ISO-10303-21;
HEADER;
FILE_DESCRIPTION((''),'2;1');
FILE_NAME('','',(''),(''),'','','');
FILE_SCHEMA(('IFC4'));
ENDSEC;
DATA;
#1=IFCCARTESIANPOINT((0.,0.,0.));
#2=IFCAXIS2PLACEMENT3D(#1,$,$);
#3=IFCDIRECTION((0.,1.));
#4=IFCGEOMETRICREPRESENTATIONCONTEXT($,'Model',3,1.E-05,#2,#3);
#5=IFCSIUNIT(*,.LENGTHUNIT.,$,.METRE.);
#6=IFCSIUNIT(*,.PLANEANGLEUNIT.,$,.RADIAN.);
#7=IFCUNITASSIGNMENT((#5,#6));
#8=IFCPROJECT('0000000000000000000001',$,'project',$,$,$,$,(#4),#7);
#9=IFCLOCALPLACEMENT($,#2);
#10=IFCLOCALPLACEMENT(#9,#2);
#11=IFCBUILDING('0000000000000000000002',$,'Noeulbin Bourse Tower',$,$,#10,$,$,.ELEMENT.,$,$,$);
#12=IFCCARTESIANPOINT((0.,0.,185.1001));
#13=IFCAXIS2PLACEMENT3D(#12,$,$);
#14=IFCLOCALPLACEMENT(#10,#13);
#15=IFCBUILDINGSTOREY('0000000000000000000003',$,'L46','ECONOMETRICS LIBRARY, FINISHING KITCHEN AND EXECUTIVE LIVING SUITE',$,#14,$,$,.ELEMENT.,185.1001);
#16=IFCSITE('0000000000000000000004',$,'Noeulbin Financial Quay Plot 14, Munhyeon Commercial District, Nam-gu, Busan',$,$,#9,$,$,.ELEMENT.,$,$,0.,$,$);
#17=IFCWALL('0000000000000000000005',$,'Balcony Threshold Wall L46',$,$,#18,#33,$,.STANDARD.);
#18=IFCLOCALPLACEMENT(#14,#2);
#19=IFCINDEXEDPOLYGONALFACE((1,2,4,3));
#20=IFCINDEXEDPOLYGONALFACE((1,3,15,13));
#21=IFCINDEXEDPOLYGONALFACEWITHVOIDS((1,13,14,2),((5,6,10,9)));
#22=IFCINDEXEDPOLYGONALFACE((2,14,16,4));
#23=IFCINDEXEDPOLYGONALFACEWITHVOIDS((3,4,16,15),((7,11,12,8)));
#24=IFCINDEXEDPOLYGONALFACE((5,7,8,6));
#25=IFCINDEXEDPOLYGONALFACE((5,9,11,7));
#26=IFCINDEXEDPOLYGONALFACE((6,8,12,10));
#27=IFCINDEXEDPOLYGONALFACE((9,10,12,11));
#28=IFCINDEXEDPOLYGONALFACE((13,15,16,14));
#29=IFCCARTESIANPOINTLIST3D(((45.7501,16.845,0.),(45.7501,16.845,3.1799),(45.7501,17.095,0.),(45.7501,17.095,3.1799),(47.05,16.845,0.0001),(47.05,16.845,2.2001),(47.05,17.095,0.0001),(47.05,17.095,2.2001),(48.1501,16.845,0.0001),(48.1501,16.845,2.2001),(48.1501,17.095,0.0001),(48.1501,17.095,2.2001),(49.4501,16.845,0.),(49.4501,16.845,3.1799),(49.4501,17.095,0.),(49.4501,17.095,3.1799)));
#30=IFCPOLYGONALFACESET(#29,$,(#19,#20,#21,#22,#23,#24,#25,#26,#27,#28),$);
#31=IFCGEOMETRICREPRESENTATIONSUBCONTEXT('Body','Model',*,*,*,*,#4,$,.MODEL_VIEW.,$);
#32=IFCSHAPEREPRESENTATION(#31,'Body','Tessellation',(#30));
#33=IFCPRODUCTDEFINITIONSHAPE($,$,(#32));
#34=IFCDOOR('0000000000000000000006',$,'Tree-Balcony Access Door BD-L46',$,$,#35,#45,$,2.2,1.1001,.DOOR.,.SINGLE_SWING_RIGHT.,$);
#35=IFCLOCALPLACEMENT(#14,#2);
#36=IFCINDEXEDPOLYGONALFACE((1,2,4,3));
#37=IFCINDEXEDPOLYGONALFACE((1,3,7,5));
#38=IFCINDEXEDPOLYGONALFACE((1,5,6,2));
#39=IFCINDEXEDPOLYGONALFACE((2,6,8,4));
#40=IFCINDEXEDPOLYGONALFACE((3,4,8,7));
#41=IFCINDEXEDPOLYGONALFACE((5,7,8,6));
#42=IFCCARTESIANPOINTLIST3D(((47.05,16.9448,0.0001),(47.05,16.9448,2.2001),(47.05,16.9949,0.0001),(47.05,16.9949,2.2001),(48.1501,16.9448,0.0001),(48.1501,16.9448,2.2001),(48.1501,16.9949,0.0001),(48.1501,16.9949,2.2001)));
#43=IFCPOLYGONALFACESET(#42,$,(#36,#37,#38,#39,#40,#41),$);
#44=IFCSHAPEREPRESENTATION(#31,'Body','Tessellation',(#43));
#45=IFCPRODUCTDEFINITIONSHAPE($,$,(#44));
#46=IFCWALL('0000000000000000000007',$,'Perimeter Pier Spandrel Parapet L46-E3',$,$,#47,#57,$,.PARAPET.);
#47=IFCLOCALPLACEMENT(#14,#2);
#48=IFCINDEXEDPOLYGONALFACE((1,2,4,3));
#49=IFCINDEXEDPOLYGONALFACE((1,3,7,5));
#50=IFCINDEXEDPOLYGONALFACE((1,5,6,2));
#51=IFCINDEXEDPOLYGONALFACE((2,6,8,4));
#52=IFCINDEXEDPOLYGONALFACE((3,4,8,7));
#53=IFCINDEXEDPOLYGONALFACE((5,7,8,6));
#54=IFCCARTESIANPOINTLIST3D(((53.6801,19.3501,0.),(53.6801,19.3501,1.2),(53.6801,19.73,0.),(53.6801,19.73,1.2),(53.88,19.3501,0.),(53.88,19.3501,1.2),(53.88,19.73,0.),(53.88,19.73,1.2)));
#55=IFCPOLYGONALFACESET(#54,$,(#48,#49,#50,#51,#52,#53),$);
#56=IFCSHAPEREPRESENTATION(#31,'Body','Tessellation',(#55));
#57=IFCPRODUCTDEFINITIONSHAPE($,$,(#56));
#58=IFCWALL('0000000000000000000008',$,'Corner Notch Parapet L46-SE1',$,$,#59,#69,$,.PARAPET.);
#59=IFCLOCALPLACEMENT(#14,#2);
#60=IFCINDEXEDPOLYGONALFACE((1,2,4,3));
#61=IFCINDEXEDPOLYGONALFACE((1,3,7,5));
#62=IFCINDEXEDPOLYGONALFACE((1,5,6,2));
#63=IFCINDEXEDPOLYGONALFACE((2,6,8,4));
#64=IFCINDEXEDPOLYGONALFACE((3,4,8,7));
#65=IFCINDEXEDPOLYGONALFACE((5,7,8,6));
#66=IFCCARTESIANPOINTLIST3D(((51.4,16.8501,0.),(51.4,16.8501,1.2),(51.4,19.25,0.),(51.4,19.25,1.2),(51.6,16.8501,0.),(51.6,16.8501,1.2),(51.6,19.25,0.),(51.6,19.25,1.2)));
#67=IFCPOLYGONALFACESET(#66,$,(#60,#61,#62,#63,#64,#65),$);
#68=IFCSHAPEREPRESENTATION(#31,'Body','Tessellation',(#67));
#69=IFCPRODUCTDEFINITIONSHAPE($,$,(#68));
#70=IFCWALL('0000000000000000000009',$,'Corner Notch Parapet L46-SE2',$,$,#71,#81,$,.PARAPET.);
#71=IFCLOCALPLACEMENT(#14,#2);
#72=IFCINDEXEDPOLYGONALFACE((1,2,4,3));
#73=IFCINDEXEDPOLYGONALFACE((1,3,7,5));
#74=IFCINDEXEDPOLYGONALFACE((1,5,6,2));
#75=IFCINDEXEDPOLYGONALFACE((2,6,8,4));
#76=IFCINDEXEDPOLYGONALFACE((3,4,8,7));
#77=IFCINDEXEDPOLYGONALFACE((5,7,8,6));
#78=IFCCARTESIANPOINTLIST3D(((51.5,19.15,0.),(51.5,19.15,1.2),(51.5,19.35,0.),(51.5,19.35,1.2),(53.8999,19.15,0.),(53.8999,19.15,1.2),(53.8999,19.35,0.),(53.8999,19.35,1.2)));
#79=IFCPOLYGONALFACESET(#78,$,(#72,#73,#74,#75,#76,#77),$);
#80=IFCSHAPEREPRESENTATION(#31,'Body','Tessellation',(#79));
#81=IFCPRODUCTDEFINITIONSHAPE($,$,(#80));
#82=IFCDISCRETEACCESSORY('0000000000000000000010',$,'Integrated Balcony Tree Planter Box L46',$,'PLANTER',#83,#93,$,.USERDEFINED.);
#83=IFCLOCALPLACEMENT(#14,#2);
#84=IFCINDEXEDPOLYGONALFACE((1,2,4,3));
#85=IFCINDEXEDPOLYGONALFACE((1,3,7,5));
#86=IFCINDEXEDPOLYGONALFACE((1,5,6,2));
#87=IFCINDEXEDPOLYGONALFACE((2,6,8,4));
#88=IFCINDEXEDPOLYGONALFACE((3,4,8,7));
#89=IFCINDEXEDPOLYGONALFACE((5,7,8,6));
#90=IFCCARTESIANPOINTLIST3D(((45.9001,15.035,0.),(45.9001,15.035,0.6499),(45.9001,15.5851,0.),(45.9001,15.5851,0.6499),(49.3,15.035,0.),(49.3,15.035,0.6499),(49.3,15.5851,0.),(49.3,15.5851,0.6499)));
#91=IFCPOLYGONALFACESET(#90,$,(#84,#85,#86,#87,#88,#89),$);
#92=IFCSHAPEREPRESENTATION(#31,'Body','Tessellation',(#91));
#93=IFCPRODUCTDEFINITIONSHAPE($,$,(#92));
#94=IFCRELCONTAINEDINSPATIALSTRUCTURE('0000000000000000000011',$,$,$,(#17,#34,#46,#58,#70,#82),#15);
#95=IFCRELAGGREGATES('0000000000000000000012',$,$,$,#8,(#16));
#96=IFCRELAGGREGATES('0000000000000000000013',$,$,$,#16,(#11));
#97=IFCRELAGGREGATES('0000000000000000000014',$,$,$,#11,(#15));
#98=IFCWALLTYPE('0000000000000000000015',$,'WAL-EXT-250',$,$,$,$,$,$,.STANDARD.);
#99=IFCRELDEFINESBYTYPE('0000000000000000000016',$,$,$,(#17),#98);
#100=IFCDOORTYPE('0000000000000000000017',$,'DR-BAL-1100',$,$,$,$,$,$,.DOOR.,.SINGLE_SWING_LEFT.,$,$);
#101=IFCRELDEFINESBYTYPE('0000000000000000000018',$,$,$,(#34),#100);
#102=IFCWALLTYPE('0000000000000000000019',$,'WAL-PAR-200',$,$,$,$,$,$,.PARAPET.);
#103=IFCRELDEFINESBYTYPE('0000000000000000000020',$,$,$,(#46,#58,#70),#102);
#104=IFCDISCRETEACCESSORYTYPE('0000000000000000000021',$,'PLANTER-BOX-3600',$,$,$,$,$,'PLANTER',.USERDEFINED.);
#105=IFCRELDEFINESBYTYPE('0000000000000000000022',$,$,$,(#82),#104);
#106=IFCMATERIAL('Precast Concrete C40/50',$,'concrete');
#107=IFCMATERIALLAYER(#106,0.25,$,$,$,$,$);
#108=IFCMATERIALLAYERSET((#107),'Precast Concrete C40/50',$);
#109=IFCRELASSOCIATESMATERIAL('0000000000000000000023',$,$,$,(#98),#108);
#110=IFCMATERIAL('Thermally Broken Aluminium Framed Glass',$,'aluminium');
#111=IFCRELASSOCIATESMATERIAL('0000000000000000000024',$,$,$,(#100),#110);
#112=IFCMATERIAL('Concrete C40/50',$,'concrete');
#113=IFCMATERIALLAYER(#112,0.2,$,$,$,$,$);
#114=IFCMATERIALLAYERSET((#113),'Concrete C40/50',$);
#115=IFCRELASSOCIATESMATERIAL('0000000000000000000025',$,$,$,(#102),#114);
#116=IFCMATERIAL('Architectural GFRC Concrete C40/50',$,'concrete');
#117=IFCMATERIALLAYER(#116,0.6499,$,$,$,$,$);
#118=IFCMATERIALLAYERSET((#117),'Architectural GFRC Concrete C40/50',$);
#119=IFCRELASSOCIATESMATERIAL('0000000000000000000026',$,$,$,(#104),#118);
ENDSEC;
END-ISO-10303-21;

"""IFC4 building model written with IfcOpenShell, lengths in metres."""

from ifc_helpers import new_model, si_unit, direction, frame, frame_2d, origin, origin_2d, place, context, subcontext, project, spatial, rectangle, extrude, material, layer, layer_set, type_object, element, fill, save


model = new_model("IFC4")

# Units and contexts
model_context = context("Model", 3, precision=1e-05, world=origin(), true_north=direction((0.0, 1.0)))
body_context = subcontext(model_context, "Body", "Model", "MODEL_VIEW")
ifc_project = project(units=[si_unit("LENGTHUNIT", "METRE"), si_unit("PLANEANGLEUNIT", "RADIAN")], contexts=[model_context])

# Site, building, storey
site_placement = place(None, origin())
site = spatial("IfcSite", under=ifc_project, at=site_placement, Name="Noeulbin Financial Quay Plot 14, Munhyeon Commercial District, Nam-gu, Busan", CompositionType="ELEMENT", RefElevation=0.0)
building_placement = place(site_placement, origin())
building = spatial("IfcBuilding", under=site, at=building_placement, Name="Noeulbin Bourse Tower", CompositionType="ELEMENT")
storey_placement = place(building_placement, frame((0.0, 0.0, 185.1001)))
storey = spatial("IfcBuildingStorey", under=building, at=storey_placement, Name="L46", Description="ECONOMETRICS LIBRARY, FINISHING KITCHEN AND EXECUTIVE LIVING SUITE", CompositionType="ELEMENT", Elevation=185.1001)

# Wall, opening, door
ifc_material_1 = material(Name="Precast Concrete C40/50", Category="concrete")
ifc_layer_1 = layer(ifc_material_1, 0.25)
ifc_layer_set_1 = layer_set([ifc_layer_1], Name="Precast Concrete C40/50")
wall_type_1 = type_object("IfcWallType", Name="WAL-EXT-250", PredefinedType="STANDARD", material=ifc_layer_set_1)
wall_1_placement = place(storey_placement, frame((45.75, 16.97, 0.0), z_axis=(0.0, 0.0, 1.0), x_axis=(1.0, 0.0, 0.0)))
wall_1 = element("IfcWall", 1, at=wall_1_placement, inside=storey, type_object=wall_type_1, Name="Balcony Threshold Wall L46", PredefinedType="STANDARD", context=body_context, shape_type="SweptSolid", body=[
    extrude(rectangle(XDim=3.7, YDim=0.25, at=frame_2d((1.8501, 0.0))), origin(), (0.0, 0.0, 1.0), 3.1799),
])
opening_placement = place(wall_1_placement, frame((1.3, 0.0, 0.0)))
opening = element("IfcOpeningElement", 2, at=opening_placement, cuts=wall_1, PredefinedType="OPENING", context=body_context, shape_type="SweptSolid", body=[
    extrude(rectangle(XDim=1.1001, YDim=2.2, at=frame_2d((0.55, 1.1001))), frame((0.0, 0.135, 0.0), z_axis=(0.0, -1.0, 0.0), x_axis=(1.0, 0.0, 0.0)), (0.0, 0.0, 1.0), 0.27),
])
ifc_material_2 = material(Name="Thermally Broken Aluminium Framed Glass", Category="aluminium")
door_type = type_object("IfcDoorType", Name="DR-BAL-1100", OperationType="SINGLE_SWING_LEFT", PredefinedType="DOOR", material=ifc_material_2)
door_placement = place(opening_placement, origin())
door = element("IfcDoor", 3, at=door_placement, inside=storey, type_object=door_type, Name="Tree-Balcony Access Door BD-L46", OperationType="SINGLE_SWING_RIGHT", OverallHeight=2.2, OverallWidth=1.1001, PredefinedType="DOOR", context=body_context, shape_type="SweptSolid", body=[
    extrude(rectangle(XDim=1.1001, YDim=2.2, at=frame_2d((0.55, 1.1001))), frame((0.0, 0.0249, 0.0), z_axis=(0.0, -1.0, 0.0), x_axis=(1.0, 0.0, 0.0)), (0.0, 0.0, 1.0), 0.05),
])
fill(opening, door)

# Walls
ifc_material_3 = material(Name="Concrete C40/50", Category="concrete")
ifc_layer_2 = layer(ifc_material_3, 0.2)
ifc_layer_set_2 = layer_set([ifc_layer_2], Name="Concrete C40/50")
wall_type_2 = type_object("IfcWallType", Name="WAL-PAR-200", PredefinedType="PARAPET", material=ifc_layer_set_2)
wall_2_placement = place(storey_placement, frame((53.78, 19.3501, 0.0), z_axis=(0.0, 0.0, 1.0), x_axis=(0.0, 1.0, 0.0)))
element("IfcWall", 4, at=wall_2_placement, inside=storey, type_object=wall_type_2, Name="Perimeter Pier Spandrel Parapet L46-E3", PredefinedType="PARAPET", context=body_context, shape_type="SweptSolid", body=[
    extrude(rectangle(XDim=0.3799, YDim=0.2, at=frame_2d((0.1899, 0.0))), origin(), (0.0, 0.0, 1.0), 1.2),
])
for number, where, z_axis, x_axis, name in (
    (5, (51.5, 16.8501, 0.0), (0.0, 0.0, 1.0), (0.0, 1.0, 0.0), "Corner Notch Parapet L46-SE1"),
    (6, (51.5, 19.25, 0.0), (0.0, 0.0, 1.0), (1.0, 0.0, 0.0), "Corner Notch Parapet L46-SE2"),
):
    element("IfcWall", number, at=place(storey_placement, frame(where, z_axis=z_axis, x_axis=x_axis)), inside=storey, type_object=wall_type_2, Name=name, PredefinedType="PARAPET", context=body_context, shape_type="SweptSolid", body=[
        extrude(rectangle(XDim=2.3999, YDim=0.2, at=frame_2d((1.2, 0.0))), origin(), (0.0, 0.0, 1.0), 1.2),
    ])

# Discrete accessory
ifc_material_4 = material(Name="Architectural GFRC Concrete C40/50", Category="concrete")
ifc_layer_3 = layer(ifc_material_4, 0.6499)
ifc_layer_set_3 = layer_set([ifc_layer_3], Name="Architectural GFRC Concrete C40/50")
discrete_accessory_type = type_object("IfcDiscreteAccessoryType", Name="PLANTER-BOX-3600", ElementType="PLANTER", PredefinedType="USERDEFINED", material=ifc_layer_set_3)
discrete_accessory_placement = place(storey_placement, frame((47.6001, 15.3101, 0.0), z_axis=(0.0, 0.0, 1.0), x_axis=(1.0, 0.0, 0.0)))
element("IfcDiscreteAccessory", 7, at=discrete_accessory_placement, inside=storey, type_object=discrete_accessory_type, Name="Integrated Balcony Tree Planter Box L46", ObjectType="PLANTER", PredefinedType="USERDEFINED", context=body_context, shape_type="SweptSolid", body=[
    extrude(rectangle(XDim=3.3999, YDim=0.55, at=origin_2d()), origin(), (0.0, 0.0, 1.0), 0.6499),
])

save(model, "model.ifc")
